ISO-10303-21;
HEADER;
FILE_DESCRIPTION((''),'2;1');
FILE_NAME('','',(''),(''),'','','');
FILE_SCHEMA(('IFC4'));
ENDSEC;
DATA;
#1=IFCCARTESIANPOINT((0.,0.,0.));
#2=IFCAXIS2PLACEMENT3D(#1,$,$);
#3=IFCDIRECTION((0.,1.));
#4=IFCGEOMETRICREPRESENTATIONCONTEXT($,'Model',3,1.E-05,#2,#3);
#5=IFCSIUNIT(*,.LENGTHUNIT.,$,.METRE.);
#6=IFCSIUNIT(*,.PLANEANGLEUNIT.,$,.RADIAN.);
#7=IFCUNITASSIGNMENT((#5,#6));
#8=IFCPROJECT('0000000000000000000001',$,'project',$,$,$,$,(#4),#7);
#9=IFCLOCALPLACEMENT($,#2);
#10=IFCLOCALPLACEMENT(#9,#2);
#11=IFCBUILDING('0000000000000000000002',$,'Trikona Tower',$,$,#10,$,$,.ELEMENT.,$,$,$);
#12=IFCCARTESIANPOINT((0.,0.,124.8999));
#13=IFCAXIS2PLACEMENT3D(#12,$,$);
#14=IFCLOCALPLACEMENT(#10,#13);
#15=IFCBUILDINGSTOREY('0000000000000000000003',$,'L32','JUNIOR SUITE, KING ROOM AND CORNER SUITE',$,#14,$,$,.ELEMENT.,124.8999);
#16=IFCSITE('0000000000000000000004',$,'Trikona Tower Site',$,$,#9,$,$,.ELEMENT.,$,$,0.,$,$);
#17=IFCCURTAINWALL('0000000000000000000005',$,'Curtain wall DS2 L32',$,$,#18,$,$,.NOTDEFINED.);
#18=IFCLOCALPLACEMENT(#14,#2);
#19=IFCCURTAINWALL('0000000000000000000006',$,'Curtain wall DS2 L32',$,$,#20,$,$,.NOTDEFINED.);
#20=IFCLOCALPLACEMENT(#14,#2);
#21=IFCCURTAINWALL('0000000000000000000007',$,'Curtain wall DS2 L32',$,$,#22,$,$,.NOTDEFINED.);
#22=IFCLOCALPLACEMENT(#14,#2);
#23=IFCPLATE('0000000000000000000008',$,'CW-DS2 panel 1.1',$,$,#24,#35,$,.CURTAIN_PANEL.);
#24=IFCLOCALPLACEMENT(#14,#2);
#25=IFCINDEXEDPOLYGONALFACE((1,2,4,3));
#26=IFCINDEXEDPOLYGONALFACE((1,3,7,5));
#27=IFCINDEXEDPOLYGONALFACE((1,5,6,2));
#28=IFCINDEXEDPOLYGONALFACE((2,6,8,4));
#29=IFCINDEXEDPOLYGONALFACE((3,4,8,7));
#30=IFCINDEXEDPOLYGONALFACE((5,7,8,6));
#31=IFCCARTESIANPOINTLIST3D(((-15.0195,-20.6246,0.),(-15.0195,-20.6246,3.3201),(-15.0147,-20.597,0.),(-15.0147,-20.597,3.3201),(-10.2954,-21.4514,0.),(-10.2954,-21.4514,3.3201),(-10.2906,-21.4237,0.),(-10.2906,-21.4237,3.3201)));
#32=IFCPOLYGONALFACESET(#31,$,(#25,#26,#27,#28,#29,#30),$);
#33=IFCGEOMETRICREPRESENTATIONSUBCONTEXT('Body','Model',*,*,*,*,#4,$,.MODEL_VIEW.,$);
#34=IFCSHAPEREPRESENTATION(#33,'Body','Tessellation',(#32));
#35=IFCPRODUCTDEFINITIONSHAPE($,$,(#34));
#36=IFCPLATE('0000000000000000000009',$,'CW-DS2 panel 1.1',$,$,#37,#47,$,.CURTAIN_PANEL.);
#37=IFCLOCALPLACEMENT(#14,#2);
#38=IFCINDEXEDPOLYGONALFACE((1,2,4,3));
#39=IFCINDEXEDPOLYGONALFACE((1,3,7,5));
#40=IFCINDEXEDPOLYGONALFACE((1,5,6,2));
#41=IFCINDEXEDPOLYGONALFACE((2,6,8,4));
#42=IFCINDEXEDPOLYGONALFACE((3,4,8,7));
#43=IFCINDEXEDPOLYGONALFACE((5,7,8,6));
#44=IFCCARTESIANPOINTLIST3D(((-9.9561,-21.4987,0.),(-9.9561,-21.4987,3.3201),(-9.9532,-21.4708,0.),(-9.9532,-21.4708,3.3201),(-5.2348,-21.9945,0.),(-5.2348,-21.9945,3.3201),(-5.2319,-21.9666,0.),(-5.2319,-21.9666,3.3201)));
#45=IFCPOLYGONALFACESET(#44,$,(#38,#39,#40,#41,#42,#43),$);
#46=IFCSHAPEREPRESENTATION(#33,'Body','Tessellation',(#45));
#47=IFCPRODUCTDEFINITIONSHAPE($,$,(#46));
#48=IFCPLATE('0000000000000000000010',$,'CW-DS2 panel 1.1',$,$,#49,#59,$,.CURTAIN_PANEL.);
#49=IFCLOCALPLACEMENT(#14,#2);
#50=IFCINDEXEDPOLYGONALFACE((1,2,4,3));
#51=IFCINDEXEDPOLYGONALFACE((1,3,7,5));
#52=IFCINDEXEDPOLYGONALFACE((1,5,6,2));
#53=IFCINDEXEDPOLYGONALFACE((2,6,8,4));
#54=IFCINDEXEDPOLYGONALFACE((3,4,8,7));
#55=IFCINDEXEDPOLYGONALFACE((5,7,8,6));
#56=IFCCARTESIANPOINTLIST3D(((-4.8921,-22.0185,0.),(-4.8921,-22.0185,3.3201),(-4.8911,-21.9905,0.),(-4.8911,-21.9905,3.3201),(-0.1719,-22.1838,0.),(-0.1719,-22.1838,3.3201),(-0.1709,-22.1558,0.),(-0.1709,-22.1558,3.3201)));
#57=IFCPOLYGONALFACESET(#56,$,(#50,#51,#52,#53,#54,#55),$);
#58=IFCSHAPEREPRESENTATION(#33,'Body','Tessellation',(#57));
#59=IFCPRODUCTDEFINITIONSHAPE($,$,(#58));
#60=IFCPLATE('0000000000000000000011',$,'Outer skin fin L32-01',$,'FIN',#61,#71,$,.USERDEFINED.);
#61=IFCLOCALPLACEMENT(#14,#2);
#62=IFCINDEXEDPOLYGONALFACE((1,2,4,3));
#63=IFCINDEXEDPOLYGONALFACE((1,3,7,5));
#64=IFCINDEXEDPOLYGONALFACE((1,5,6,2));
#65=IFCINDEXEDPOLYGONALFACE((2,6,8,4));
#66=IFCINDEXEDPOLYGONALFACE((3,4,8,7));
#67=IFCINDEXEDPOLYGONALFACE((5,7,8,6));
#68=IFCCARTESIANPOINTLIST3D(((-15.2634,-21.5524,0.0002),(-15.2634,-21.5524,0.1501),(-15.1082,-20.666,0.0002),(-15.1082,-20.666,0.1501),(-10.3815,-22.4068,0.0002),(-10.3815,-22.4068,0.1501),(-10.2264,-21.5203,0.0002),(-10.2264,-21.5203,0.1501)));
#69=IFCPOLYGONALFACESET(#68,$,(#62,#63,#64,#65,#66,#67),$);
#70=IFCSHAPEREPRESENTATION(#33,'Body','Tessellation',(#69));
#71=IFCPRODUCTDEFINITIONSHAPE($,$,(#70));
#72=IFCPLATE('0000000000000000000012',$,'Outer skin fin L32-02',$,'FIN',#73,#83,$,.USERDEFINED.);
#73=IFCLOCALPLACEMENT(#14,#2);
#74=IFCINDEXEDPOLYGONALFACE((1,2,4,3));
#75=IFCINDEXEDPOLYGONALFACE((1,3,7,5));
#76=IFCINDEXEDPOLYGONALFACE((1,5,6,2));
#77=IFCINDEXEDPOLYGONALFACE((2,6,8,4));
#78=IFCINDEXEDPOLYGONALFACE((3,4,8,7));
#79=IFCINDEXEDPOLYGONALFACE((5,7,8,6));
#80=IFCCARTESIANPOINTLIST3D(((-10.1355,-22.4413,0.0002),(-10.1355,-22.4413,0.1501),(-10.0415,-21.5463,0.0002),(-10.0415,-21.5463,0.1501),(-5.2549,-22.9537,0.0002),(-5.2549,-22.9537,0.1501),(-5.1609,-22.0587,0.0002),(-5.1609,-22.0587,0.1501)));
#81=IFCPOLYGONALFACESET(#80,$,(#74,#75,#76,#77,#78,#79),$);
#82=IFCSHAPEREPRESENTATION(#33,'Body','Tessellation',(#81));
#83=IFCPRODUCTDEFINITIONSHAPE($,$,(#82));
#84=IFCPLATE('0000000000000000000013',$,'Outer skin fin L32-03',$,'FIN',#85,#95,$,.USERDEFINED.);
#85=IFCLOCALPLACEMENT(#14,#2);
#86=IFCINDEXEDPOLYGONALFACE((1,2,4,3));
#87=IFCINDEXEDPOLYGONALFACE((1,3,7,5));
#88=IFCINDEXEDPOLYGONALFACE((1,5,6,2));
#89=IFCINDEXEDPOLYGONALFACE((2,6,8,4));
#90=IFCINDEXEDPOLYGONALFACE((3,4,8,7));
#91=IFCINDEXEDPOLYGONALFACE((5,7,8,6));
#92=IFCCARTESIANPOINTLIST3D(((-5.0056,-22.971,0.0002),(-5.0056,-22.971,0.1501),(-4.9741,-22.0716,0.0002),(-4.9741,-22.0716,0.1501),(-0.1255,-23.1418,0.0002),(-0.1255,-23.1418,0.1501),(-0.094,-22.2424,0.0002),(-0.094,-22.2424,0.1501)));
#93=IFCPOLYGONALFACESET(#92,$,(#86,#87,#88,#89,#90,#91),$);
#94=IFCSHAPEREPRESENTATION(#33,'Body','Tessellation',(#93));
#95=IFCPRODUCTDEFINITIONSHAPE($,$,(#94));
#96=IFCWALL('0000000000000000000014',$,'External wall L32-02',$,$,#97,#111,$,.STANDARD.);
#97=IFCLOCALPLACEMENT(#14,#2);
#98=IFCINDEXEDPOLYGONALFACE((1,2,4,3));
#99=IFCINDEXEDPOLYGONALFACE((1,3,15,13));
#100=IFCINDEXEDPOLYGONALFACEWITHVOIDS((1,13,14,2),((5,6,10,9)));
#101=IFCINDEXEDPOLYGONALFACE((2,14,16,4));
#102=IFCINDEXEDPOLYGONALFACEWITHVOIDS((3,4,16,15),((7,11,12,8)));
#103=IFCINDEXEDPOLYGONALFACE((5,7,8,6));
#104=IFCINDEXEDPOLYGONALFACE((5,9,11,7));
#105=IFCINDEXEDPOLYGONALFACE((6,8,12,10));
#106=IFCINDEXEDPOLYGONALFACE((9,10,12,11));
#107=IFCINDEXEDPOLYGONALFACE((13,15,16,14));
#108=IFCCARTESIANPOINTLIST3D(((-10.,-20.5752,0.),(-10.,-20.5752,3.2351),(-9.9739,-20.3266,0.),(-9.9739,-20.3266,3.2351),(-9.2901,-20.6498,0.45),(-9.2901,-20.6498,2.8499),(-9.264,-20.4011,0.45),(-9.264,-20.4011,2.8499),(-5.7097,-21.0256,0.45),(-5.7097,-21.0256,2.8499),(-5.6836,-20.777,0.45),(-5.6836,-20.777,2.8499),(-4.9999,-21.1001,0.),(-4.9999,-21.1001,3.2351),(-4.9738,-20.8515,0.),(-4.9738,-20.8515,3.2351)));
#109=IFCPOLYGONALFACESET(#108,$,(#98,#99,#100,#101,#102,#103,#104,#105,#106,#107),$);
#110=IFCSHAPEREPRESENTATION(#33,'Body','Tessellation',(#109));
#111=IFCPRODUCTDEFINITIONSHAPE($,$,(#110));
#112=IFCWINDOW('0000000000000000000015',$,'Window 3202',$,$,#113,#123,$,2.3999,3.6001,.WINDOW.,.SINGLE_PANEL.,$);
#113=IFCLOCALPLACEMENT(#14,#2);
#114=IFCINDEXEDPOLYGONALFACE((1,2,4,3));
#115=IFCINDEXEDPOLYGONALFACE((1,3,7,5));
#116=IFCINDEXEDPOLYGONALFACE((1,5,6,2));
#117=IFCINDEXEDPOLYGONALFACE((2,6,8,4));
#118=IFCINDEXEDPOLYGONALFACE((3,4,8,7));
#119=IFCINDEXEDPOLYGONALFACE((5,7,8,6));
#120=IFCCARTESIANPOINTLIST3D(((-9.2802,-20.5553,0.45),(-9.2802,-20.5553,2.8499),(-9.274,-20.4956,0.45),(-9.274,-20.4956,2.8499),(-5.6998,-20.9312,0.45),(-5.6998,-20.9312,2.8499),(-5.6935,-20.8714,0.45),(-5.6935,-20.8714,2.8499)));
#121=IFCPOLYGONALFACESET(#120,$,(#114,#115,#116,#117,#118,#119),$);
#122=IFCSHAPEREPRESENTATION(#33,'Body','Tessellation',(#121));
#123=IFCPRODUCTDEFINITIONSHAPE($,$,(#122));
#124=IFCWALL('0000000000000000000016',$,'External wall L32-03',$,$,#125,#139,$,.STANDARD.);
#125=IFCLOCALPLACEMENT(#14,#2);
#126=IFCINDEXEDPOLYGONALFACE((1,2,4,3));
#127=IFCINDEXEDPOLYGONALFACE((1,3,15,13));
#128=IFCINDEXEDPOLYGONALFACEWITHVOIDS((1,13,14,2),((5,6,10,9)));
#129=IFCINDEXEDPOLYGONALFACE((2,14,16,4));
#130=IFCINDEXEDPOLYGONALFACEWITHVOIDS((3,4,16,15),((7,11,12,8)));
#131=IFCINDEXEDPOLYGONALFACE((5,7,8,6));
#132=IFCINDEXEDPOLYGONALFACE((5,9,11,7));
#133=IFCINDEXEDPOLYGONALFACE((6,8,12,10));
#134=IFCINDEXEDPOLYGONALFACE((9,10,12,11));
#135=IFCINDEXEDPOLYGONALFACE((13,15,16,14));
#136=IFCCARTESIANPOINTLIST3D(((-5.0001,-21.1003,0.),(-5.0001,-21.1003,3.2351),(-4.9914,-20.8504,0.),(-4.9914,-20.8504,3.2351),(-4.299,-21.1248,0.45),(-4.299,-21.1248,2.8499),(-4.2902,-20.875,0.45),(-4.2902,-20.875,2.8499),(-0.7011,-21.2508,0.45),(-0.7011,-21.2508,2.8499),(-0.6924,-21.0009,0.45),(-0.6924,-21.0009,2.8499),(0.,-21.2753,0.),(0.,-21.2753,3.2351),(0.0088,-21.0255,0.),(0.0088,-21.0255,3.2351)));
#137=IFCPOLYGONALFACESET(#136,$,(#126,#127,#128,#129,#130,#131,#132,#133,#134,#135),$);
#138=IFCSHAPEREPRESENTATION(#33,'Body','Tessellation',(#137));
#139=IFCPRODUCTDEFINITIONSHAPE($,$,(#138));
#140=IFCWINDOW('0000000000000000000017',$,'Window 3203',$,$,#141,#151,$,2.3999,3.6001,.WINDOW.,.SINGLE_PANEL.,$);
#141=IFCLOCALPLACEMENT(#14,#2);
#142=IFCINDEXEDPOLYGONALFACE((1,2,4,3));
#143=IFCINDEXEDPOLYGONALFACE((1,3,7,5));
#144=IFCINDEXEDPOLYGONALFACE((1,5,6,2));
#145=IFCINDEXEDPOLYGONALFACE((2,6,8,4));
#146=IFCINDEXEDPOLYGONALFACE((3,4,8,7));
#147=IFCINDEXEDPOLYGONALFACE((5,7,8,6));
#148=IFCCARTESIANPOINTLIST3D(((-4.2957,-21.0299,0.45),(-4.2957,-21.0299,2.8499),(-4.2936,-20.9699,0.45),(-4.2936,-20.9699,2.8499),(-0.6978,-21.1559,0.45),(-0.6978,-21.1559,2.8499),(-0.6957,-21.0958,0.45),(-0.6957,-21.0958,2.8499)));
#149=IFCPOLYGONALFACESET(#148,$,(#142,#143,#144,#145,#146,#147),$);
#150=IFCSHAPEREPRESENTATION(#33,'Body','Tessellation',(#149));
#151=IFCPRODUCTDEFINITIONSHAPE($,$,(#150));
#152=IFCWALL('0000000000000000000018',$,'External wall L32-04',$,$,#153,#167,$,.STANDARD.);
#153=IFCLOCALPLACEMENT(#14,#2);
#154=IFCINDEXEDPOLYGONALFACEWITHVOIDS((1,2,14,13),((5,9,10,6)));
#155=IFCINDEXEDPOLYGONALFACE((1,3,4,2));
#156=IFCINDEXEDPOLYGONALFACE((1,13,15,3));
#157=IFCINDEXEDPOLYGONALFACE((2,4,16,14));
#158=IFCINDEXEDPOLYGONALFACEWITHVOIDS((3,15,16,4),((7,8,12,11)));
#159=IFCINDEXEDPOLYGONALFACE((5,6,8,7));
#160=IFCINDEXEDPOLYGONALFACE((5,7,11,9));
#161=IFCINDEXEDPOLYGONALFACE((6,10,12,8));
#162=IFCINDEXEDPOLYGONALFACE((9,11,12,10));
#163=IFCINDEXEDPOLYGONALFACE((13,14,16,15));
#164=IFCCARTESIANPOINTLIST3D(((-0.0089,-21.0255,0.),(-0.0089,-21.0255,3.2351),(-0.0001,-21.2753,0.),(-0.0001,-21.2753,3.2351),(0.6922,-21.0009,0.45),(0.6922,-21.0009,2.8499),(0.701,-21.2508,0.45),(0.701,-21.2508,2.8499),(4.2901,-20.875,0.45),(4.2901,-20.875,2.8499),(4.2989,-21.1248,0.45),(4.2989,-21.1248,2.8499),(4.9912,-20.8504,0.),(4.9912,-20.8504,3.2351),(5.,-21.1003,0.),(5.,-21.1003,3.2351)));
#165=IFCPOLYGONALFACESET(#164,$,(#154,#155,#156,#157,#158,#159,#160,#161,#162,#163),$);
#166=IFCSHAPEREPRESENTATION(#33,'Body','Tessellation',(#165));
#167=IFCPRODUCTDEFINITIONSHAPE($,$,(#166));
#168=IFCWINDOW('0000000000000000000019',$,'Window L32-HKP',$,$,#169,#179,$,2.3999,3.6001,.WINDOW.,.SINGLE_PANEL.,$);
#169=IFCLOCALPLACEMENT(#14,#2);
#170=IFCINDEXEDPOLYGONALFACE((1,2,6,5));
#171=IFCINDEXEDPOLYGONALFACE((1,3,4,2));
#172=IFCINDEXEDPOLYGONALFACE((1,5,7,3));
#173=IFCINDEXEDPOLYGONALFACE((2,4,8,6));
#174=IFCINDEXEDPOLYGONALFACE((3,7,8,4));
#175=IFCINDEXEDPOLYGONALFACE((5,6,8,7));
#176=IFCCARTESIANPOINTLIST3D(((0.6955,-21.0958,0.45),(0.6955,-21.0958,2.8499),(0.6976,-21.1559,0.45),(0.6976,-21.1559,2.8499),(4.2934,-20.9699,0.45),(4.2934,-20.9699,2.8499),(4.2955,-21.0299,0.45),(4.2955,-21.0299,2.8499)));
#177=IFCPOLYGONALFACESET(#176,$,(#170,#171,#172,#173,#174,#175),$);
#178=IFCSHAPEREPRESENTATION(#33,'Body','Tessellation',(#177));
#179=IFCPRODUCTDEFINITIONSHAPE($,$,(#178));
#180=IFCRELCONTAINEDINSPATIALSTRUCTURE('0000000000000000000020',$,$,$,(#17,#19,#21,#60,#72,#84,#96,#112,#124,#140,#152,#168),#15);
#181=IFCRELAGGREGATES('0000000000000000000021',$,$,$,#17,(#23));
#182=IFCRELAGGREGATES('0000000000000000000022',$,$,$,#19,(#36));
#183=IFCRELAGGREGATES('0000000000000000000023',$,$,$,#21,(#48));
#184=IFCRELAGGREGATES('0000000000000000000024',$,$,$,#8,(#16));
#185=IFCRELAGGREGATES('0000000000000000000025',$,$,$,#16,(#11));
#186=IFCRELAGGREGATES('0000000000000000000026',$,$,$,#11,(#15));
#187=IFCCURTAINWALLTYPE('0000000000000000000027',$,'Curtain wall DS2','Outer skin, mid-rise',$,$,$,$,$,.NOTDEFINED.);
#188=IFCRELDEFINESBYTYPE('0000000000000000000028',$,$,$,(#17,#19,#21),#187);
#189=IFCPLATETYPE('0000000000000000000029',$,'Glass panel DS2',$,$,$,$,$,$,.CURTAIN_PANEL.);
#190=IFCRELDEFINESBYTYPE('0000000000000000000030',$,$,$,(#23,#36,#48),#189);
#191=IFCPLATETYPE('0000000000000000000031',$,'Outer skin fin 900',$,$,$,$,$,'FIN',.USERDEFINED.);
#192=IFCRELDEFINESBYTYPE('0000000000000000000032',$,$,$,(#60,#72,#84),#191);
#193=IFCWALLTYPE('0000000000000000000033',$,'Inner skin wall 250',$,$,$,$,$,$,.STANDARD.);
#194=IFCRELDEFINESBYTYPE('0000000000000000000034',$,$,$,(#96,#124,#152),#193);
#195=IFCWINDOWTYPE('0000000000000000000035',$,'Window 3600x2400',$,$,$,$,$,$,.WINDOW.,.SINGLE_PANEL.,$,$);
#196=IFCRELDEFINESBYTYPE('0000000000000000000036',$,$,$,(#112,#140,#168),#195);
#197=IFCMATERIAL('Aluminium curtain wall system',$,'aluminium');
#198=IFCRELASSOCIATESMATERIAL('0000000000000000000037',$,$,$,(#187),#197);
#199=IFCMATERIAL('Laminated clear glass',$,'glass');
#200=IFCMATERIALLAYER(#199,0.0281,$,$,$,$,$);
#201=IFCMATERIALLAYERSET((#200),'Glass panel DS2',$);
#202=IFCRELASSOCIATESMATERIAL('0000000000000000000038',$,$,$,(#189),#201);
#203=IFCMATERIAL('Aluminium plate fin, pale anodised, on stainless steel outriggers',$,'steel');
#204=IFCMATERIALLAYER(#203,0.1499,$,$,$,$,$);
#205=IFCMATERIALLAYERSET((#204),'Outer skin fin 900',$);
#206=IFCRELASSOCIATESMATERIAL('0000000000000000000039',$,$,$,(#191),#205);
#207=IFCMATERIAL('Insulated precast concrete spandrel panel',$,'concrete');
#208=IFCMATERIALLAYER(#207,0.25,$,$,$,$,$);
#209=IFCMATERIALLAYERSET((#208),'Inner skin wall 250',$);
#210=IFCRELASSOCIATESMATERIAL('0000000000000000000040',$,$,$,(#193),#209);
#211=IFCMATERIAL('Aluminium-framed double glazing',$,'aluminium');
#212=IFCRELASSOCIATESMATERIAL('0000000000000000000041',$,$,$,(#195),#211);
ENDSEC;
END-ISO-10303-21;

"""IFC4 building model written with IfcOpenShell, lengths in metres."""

from ifc_helpers import new_model, si_unit, direction, frame, frame_2d, origin, origin_2d, place, context, subcontext, project, spatial, rectangle, extrude, material, layer, layer_set, type_object, element, fill, aggregate, save


model = new_model("IFC4")

# Units and contexts
model_context = context("Model", 3, precision=1e-05, world=origin(), true_north=direction((0.0, 1.0)))
body_context = subcontext(model_context, "Body", "Model", "MODEL_VIEW")
ifc_project = project(units=[si_unit("LENGTHUNIT", "METRE"), si_unit("PLANEANGLEUNIT", "RADIAN")], contexts=[model_context])

# Site, building, storey
site_placement = place(None, origin())
site = spatial("IfcSite", under=ifc_project, at=site_placement, Name="Trikona Tower Site", CompositionType="ELEMENT", RefElevation=0.0)
building_placement = place(site_placement, origin())
building = spatial("IfcBuilding", under=site, at=building_placement, Name="Trikona Tower", CompositionType="ELEMENT")
storey_placement = place(building_placement, frame((0.0, 0.0, 124.8999)))
storey = spatial("IfcBuildingStorey", under=building, at=storey_placement, Name="L32", Description="JUNIOR SUITE, KING ROOM AND CORNER SUITE", CompositionType="ELEMENT", Elevation=124.8999)

# Curtain wall
ifc_material_1 = material(Name="Aluminium curtain wall system", Category="aluminium")
curtain_wall_type = type_object("IfcCurtainWallType", Name="Curtain wall DS2", Description="Outer skin, mid-rise", PredefinedType="NOTDEFINED", material=ifc_material_1)
curtain_wall_1_placement = place(storey_placement, origin())
curtain_wall_1 = element("IfcCurtainWall", 1, at=curtain_wall_1_placement, inside=storey, type_object=curtain_wall_type, Name="Curtain wall DS2 L32", PredefinedType="NOTDEFINED")

# Curtain walls
curtain_wall_2_placement = place(storey_placement, origin())
curtain_wall_2 = element("IfcCurtainWall", 2, at=curtain_wall_2_placement, inside=storey, type_object=curtain_wall_type, Name="Curtain wall DS2 L32", PredefinedType="NOTDEFINED")
curtain_wall_3_placement = place(storey_placement, origin())
curtain_wall_3 = element("IfcCurtainWall", 3, at=curtain_wall_3_placement, inside=storey, type_object=curtain_wall_type, Name="Curtain wall DS2 L32", PredefinedType="NOTDEFINED")

# Plates
ifc_material_2 = material(Name="Laminated clear glass", Category="glass")
ifc_layer_1 = layer(ifc_material_2, 0.0281)
ifc_layer_set_1 = layer_set([ifc_layer_1], Name="Glass panel DS2")
plate_type_1 = type_object("IfcPlateType", Name="Glass panel DS2", PredefinedType="CURTAIN_PANEL", material=ifc_layer_set_1)
plate_1_placement = place(storey_placement, frame((-12.655, -21.0242, 0.0), z_axis=(0.0, 0.0, 1.0), x_axis=(0.985031, -0.172377, 0.0)))
plate_1 = element("IfcPlate", 4, at=plate_1_placement, type_object=plate_type_1, Name="CW-DS2 panel 1.1", PredefinedType="CURTAIN_PANEL", context=body_context, shape_type="SweptSolid", body=[
    extrude(rectangle(XDim=4.7959, YDim=0.0281, at=origin_2d()), origin(), (0.0, 0.0, 1.0), 3.3201),
])
aggregate(curtain_wall_1, [plate_1])
plate_2_placement = place(storey_placement, frame((-7.594, -21.7327, 0.0), z_axis=(0.0, 0.0, 1.0), x_axis=(0.994532, -0.104433, 0.0)))
plate_2 = element("IfcPlate", 5, at=plate_2_placement, type_object=plate_type_1, Name="CW-DS2 panel 1.1", PredefinedType="CURTAIN_PANEL", context=body_context, shape_type="SweptSolid", body=[
    extrude(rectangle(XDim=4.7473, YDim=0.0281, at=origin_2d()), origin(), (0.0, 0.0, 1.0), 3.3201),
])
aggregate(curtain_wall_2, [plate_2])
plate_3_placement = place(storey_placement, frame((-2.5315, -22.0872, 0.0), z_axis=(0.0, 0.0, 1.0), x_axis=(0.999387, -0.034998, 0.0)))
plate_3 = element("IfcPlate", 6, at=plate_3_placement, type_object=plate_type_1, Name="CW-DS2 panel 1.1", PredefinedType="CURTAIN_PANEL", context=body_context, shape_type="SweptSolid", body=[
    extrude(rectangle(XDim=4.7231, YDim=0.0281, at=origin_2d()), origin(), (0.0, 0.0, 1.0), 3.3201),
])
aggregate(curtain_wall_3, [plate_3])

# Plates
ifc_material_3 = material(Name="Aluminium plate fin, pale anodised, on stainless steel outriggers", Category="steel")
ifc_layer_2 = layer(ifc_material_3, 0.1499)
ifc_layer_set_2 = layer_set([ifc_layer_2], Name="Outer skin fin 900")
plate_type_2 = type_object("IfcPlateType", Name="Outer skin fin 900", ElementType="FIN", PredefinedType="USERDEFINED", material=ifc_layer_set_2)
plate_4_placement = place(storey_placement, frame((-12.7449, -21.5364, 0.0002), z_axis=(0.0, 0.0, 1.0), x_axis=(0.985031, -0.17238, 0.0)))
element("IfcPlate", 7, at=plate_4_placement, inside=storey, type_object=plate_type_2, Name="Outer skin fin L32-01", ObjectType="FIN", PredefinedType="USERDEFINED", context=body_context, shape_type="SweptSolid", body=[
    extrude(rectangle(XDim=4.9561, YDim=0.8999, at=origin_2d()), origin(), (0.0, 0.0, 1.0), 0.1499),
])
plate_5_placement = place(storey_placement, frame((-7.6482, -22.25, 0.0002), z_axis=(0.0, 0.0, 1.0), x_axis=(0.994533, -0.104426, 0.0)))
element("IfcPlate", 8, at=plate_5_placement, inside=storey, type_object=plate_type_2, Name="Outer skin fin L32-02", ObjectType="FIN", PredefinedType="USERDEFINED", context=body_context, shape_type="SweptSolid", body=[
    extrude(rectangle(XDim=4.9075, YDim=0.8999, at=origin_2d()), origin(), (0.0, 0.0, 1.0), 0.1499),
])
plate_6_placement = place(storey_placement, frame((-2.5498, -22.6067, 0.0002), z_axis=(0.0, 0.0, 1.0), x_axis=(0.999388, -0.034978, 0.0)))
element("IfcPlate", 9, at=plate_6_placement, inside=storey, type_object=plate_type_2, Name="Outer skin fin L32-03", ObjectType="FIN", PredefinedType="USERDEFINED", context=body_context, shape_type="SweptSolid", body=[
    extrude(rectangle(XDim=4.8831, YDim=0.8999, at=origin_2d()), origin(), (0.0, 0.0, 1.0), 0.1499),
])

# Walls, openings, windows
ifc_material_4 = material(Name="Insulated precast concrete spandrel panel", Category="concrete")
ifc_layer_3 = layer(ifc_material_4, 0.25)
ifc_layer_set_3 = layer_set([ifc_layer_3], Name="Inner skin wall 250")
wall_type = type_object("IfcWallType", Name="Inner skin wall 250", PredefinedType="STANDARD", material=ifc_layer_set_3)
wall_1_placement = place(storey_placement, frame((-9.9868, -20.4509, 0.0), z_axis=(0.0, 0.0, 1.0), x_axis=(0.994535, -0.104407, 0.0)))
wall_1 = element("IfcWall", 10, at=wall_1_placement, inside=storey, type_object=wall_type, Name="External wall L32-02", PredefinedType="STANDARD", context=body_context, shape_type="SweptSolid", body=[
    extrude(rectangle(XDim=5.0276, YDim=0.25, at=frame_2d((2.5137, 0.0))), origin(), (0.0, 0.0, 1.0), 3.2351),
])
opening_1_placement = place(wall_1_placement, frame((0.7136, 0.0, 0.45)))
opening_1 = element("IfcOpeningElement", 11, at=opening_1_placement, cuts=wall_1, PredefinedType="OPENING", context=body_context, shape_type="SweptSolid", body=[
    extrude(rectangle(XDim=3.6001, YDim=2.3999, at=frame_2d((1.8, 1.2))), frame((0.0, 0.135, 0.0), z_axis=(0.0, -1.0, 0.0), x_axis=(1.0, 0.0, 0.0)), (0.0, 0.0, 1.0), 0.27),
])
ifc_material_5 = material(Name="Aluminium-framed double glazing", Category="aluminium")
window_type = type_object("IfcWindowType", Name="Window 3600x2400", PartitioningType="SINGLE_PANEL", PredefinedType="WINDOW", material=ifc_material_5)
window_1_placement = place(opening_1_placement, origin())
window_1 = element("IfcWindow", 12, at=window_1_placement, inside=storey, type_object=window_type, Name="Window 3202", OverallHeight=2.3999, OverallWidth=3.6001, PartitioningType="SINGLE_PANEL", PredefinedType="WINDOW", context=body_context, shape_type="SweptSolid", body=[
    extrude(rectangle(XDim=3.6001, YDim=2.3999, at=frame_2d((1.8, 1.2))), frame((0.0, 0.03, 0.0), z_axis=(0.0, -1.0, 0.0), x_axis=(1.0, 0.0, 0.0)), (0.0, 0.0, 1.0), 0.0601),
])
fill(opening_1, window_1)
wall_2_placement = place(storey_placement, frame((-4.9956, -20.9753, 0.0), z_axis=(0.0, 0.0, 1.0), x_axis=(0.999388, -0.034988, 0.0)))
wall_2 = element("IfcWall", 13, at=wall_2_placement, inside=storey, type_object=wall_type, Name="External wall L32-03", PredefinedType="STANDARD", context=body_context, shape_type="SweptSolid", body=[
    extrude(rectangle(XDim=5.0032, YDim=0.25, at=frame_2d((2.5015, 0.0))), origin(), (0.0, 0.0, 1.0), 3.2351),
])
opening_2_placement = place(wall_2_placement, frame((0.7014, 0.0, 0.45)))
opening_2 = element("IfcOpeningElement", 14, at=opening_2_placement, cuts=wall_2, PredefinedType="OPENING", context=body_context, shape_type="SweptSolid", body=[
    extrude(rectangle(XDim=3.6001, YDim=2.3999, at=frame_2d((1.8, 1.2))), frame((0.0, 0.135, 0.0), z_axis=(0.0, -1.0, 0.0), x_axis=(1.0, 0.0, 0.0)), (0.0, 0.0, 1.0), 0.27),
])
window_2_placement = place(opening_2_placement, origin())
window_2 = element("IfcWindow", 15, at=window_2_placement, inside=storey, type_object=window_type, Name="Window 3203", OverallHeight=2.3999, OverallWidth=3.6001, PartitioningType="SINGLE_PANEL", PredefinedType="WINDOW", context=body_context, shape_type="SweptSolid", body=[
    extrude(rectangle(XDim=3.6001, YDim=2.3999, at=frame_2d((1.8, 1.2))), frame((0.0, 0.03, 0.0), z_axis=(0.0, -1.0, 0.0), x_axis=(1.0, 0.0, 0.0)), (0.0, 0.0, 1.0), 0.0601),
])
fill(opening_2, window_2)
wall_3_placement = place(storey_placement, frame((-0.0044, -21.1504, 0.0), z_axis=(0.0, 0.0, 1.0), x_axis=(0.999388, 0.034988, 0.0)))
wall_3 = element("IfcWall", 16, at=wall_3_placement, inside=storey, type_object=wall_type, Name="External wall L32-04", PredefinedType="STANDARD", context=body_context, shape_type="SweptSolid", body=[
    extrude(rectangle(XDim=5.0032, YDim=0.25, at=frame_2d((2.5015, 0.0))), origin(), (0.0, 0.0, 1.0), 3.2351),
])
opening_3_placement = place(wall_3_placement, frame((0.7014, 0.0, 0.45)))
opening_3 = element("IfcOpeningElement", 17, at=opening_3_placement, cuts=wall_3, PredefinedType="OPENING", context=body_context, shape_type="SweptSolid", body=[
    extrude(rectangle(XDim=3.6001, YDim=2.3999, at=frame_2d((1.8, 1.2))), frame((0.0, 0.135, 0.0), z_axis=(0.0, -1.0, 0.0), x_axis=(1.0, 0.0, 0.0)), (0.0, 0.0, 1.0), 0.27),
])
window_3_placement = place(opening_3_placement, origin())
window_3 = element("IfcWindow", 18, at=window_3_placement, inside=storey, type_object=window_type, Name="Window L32-HKP", OverallHeight=2.3999, OverallWidth=3.6001, PartitioningType="SINGLE_PANEL", PredefinedType="WINDOW", context=body_context, shape_type="SweptSolid", body=[
    extrude(rectangle(XDim=3.6001, YDim=2.3999, at=frame_2d((1.8, 1.2))), frame((0.0, 0.03, 0.0), z_axis=(0.0, -1.0, 0.0), x_axis=(1.0, 0.0, 0.0)), (0.0, 0.0, 1.0), 0.0601),
])
fill(opening_3, window_3)

save(model, "model.ifc")
